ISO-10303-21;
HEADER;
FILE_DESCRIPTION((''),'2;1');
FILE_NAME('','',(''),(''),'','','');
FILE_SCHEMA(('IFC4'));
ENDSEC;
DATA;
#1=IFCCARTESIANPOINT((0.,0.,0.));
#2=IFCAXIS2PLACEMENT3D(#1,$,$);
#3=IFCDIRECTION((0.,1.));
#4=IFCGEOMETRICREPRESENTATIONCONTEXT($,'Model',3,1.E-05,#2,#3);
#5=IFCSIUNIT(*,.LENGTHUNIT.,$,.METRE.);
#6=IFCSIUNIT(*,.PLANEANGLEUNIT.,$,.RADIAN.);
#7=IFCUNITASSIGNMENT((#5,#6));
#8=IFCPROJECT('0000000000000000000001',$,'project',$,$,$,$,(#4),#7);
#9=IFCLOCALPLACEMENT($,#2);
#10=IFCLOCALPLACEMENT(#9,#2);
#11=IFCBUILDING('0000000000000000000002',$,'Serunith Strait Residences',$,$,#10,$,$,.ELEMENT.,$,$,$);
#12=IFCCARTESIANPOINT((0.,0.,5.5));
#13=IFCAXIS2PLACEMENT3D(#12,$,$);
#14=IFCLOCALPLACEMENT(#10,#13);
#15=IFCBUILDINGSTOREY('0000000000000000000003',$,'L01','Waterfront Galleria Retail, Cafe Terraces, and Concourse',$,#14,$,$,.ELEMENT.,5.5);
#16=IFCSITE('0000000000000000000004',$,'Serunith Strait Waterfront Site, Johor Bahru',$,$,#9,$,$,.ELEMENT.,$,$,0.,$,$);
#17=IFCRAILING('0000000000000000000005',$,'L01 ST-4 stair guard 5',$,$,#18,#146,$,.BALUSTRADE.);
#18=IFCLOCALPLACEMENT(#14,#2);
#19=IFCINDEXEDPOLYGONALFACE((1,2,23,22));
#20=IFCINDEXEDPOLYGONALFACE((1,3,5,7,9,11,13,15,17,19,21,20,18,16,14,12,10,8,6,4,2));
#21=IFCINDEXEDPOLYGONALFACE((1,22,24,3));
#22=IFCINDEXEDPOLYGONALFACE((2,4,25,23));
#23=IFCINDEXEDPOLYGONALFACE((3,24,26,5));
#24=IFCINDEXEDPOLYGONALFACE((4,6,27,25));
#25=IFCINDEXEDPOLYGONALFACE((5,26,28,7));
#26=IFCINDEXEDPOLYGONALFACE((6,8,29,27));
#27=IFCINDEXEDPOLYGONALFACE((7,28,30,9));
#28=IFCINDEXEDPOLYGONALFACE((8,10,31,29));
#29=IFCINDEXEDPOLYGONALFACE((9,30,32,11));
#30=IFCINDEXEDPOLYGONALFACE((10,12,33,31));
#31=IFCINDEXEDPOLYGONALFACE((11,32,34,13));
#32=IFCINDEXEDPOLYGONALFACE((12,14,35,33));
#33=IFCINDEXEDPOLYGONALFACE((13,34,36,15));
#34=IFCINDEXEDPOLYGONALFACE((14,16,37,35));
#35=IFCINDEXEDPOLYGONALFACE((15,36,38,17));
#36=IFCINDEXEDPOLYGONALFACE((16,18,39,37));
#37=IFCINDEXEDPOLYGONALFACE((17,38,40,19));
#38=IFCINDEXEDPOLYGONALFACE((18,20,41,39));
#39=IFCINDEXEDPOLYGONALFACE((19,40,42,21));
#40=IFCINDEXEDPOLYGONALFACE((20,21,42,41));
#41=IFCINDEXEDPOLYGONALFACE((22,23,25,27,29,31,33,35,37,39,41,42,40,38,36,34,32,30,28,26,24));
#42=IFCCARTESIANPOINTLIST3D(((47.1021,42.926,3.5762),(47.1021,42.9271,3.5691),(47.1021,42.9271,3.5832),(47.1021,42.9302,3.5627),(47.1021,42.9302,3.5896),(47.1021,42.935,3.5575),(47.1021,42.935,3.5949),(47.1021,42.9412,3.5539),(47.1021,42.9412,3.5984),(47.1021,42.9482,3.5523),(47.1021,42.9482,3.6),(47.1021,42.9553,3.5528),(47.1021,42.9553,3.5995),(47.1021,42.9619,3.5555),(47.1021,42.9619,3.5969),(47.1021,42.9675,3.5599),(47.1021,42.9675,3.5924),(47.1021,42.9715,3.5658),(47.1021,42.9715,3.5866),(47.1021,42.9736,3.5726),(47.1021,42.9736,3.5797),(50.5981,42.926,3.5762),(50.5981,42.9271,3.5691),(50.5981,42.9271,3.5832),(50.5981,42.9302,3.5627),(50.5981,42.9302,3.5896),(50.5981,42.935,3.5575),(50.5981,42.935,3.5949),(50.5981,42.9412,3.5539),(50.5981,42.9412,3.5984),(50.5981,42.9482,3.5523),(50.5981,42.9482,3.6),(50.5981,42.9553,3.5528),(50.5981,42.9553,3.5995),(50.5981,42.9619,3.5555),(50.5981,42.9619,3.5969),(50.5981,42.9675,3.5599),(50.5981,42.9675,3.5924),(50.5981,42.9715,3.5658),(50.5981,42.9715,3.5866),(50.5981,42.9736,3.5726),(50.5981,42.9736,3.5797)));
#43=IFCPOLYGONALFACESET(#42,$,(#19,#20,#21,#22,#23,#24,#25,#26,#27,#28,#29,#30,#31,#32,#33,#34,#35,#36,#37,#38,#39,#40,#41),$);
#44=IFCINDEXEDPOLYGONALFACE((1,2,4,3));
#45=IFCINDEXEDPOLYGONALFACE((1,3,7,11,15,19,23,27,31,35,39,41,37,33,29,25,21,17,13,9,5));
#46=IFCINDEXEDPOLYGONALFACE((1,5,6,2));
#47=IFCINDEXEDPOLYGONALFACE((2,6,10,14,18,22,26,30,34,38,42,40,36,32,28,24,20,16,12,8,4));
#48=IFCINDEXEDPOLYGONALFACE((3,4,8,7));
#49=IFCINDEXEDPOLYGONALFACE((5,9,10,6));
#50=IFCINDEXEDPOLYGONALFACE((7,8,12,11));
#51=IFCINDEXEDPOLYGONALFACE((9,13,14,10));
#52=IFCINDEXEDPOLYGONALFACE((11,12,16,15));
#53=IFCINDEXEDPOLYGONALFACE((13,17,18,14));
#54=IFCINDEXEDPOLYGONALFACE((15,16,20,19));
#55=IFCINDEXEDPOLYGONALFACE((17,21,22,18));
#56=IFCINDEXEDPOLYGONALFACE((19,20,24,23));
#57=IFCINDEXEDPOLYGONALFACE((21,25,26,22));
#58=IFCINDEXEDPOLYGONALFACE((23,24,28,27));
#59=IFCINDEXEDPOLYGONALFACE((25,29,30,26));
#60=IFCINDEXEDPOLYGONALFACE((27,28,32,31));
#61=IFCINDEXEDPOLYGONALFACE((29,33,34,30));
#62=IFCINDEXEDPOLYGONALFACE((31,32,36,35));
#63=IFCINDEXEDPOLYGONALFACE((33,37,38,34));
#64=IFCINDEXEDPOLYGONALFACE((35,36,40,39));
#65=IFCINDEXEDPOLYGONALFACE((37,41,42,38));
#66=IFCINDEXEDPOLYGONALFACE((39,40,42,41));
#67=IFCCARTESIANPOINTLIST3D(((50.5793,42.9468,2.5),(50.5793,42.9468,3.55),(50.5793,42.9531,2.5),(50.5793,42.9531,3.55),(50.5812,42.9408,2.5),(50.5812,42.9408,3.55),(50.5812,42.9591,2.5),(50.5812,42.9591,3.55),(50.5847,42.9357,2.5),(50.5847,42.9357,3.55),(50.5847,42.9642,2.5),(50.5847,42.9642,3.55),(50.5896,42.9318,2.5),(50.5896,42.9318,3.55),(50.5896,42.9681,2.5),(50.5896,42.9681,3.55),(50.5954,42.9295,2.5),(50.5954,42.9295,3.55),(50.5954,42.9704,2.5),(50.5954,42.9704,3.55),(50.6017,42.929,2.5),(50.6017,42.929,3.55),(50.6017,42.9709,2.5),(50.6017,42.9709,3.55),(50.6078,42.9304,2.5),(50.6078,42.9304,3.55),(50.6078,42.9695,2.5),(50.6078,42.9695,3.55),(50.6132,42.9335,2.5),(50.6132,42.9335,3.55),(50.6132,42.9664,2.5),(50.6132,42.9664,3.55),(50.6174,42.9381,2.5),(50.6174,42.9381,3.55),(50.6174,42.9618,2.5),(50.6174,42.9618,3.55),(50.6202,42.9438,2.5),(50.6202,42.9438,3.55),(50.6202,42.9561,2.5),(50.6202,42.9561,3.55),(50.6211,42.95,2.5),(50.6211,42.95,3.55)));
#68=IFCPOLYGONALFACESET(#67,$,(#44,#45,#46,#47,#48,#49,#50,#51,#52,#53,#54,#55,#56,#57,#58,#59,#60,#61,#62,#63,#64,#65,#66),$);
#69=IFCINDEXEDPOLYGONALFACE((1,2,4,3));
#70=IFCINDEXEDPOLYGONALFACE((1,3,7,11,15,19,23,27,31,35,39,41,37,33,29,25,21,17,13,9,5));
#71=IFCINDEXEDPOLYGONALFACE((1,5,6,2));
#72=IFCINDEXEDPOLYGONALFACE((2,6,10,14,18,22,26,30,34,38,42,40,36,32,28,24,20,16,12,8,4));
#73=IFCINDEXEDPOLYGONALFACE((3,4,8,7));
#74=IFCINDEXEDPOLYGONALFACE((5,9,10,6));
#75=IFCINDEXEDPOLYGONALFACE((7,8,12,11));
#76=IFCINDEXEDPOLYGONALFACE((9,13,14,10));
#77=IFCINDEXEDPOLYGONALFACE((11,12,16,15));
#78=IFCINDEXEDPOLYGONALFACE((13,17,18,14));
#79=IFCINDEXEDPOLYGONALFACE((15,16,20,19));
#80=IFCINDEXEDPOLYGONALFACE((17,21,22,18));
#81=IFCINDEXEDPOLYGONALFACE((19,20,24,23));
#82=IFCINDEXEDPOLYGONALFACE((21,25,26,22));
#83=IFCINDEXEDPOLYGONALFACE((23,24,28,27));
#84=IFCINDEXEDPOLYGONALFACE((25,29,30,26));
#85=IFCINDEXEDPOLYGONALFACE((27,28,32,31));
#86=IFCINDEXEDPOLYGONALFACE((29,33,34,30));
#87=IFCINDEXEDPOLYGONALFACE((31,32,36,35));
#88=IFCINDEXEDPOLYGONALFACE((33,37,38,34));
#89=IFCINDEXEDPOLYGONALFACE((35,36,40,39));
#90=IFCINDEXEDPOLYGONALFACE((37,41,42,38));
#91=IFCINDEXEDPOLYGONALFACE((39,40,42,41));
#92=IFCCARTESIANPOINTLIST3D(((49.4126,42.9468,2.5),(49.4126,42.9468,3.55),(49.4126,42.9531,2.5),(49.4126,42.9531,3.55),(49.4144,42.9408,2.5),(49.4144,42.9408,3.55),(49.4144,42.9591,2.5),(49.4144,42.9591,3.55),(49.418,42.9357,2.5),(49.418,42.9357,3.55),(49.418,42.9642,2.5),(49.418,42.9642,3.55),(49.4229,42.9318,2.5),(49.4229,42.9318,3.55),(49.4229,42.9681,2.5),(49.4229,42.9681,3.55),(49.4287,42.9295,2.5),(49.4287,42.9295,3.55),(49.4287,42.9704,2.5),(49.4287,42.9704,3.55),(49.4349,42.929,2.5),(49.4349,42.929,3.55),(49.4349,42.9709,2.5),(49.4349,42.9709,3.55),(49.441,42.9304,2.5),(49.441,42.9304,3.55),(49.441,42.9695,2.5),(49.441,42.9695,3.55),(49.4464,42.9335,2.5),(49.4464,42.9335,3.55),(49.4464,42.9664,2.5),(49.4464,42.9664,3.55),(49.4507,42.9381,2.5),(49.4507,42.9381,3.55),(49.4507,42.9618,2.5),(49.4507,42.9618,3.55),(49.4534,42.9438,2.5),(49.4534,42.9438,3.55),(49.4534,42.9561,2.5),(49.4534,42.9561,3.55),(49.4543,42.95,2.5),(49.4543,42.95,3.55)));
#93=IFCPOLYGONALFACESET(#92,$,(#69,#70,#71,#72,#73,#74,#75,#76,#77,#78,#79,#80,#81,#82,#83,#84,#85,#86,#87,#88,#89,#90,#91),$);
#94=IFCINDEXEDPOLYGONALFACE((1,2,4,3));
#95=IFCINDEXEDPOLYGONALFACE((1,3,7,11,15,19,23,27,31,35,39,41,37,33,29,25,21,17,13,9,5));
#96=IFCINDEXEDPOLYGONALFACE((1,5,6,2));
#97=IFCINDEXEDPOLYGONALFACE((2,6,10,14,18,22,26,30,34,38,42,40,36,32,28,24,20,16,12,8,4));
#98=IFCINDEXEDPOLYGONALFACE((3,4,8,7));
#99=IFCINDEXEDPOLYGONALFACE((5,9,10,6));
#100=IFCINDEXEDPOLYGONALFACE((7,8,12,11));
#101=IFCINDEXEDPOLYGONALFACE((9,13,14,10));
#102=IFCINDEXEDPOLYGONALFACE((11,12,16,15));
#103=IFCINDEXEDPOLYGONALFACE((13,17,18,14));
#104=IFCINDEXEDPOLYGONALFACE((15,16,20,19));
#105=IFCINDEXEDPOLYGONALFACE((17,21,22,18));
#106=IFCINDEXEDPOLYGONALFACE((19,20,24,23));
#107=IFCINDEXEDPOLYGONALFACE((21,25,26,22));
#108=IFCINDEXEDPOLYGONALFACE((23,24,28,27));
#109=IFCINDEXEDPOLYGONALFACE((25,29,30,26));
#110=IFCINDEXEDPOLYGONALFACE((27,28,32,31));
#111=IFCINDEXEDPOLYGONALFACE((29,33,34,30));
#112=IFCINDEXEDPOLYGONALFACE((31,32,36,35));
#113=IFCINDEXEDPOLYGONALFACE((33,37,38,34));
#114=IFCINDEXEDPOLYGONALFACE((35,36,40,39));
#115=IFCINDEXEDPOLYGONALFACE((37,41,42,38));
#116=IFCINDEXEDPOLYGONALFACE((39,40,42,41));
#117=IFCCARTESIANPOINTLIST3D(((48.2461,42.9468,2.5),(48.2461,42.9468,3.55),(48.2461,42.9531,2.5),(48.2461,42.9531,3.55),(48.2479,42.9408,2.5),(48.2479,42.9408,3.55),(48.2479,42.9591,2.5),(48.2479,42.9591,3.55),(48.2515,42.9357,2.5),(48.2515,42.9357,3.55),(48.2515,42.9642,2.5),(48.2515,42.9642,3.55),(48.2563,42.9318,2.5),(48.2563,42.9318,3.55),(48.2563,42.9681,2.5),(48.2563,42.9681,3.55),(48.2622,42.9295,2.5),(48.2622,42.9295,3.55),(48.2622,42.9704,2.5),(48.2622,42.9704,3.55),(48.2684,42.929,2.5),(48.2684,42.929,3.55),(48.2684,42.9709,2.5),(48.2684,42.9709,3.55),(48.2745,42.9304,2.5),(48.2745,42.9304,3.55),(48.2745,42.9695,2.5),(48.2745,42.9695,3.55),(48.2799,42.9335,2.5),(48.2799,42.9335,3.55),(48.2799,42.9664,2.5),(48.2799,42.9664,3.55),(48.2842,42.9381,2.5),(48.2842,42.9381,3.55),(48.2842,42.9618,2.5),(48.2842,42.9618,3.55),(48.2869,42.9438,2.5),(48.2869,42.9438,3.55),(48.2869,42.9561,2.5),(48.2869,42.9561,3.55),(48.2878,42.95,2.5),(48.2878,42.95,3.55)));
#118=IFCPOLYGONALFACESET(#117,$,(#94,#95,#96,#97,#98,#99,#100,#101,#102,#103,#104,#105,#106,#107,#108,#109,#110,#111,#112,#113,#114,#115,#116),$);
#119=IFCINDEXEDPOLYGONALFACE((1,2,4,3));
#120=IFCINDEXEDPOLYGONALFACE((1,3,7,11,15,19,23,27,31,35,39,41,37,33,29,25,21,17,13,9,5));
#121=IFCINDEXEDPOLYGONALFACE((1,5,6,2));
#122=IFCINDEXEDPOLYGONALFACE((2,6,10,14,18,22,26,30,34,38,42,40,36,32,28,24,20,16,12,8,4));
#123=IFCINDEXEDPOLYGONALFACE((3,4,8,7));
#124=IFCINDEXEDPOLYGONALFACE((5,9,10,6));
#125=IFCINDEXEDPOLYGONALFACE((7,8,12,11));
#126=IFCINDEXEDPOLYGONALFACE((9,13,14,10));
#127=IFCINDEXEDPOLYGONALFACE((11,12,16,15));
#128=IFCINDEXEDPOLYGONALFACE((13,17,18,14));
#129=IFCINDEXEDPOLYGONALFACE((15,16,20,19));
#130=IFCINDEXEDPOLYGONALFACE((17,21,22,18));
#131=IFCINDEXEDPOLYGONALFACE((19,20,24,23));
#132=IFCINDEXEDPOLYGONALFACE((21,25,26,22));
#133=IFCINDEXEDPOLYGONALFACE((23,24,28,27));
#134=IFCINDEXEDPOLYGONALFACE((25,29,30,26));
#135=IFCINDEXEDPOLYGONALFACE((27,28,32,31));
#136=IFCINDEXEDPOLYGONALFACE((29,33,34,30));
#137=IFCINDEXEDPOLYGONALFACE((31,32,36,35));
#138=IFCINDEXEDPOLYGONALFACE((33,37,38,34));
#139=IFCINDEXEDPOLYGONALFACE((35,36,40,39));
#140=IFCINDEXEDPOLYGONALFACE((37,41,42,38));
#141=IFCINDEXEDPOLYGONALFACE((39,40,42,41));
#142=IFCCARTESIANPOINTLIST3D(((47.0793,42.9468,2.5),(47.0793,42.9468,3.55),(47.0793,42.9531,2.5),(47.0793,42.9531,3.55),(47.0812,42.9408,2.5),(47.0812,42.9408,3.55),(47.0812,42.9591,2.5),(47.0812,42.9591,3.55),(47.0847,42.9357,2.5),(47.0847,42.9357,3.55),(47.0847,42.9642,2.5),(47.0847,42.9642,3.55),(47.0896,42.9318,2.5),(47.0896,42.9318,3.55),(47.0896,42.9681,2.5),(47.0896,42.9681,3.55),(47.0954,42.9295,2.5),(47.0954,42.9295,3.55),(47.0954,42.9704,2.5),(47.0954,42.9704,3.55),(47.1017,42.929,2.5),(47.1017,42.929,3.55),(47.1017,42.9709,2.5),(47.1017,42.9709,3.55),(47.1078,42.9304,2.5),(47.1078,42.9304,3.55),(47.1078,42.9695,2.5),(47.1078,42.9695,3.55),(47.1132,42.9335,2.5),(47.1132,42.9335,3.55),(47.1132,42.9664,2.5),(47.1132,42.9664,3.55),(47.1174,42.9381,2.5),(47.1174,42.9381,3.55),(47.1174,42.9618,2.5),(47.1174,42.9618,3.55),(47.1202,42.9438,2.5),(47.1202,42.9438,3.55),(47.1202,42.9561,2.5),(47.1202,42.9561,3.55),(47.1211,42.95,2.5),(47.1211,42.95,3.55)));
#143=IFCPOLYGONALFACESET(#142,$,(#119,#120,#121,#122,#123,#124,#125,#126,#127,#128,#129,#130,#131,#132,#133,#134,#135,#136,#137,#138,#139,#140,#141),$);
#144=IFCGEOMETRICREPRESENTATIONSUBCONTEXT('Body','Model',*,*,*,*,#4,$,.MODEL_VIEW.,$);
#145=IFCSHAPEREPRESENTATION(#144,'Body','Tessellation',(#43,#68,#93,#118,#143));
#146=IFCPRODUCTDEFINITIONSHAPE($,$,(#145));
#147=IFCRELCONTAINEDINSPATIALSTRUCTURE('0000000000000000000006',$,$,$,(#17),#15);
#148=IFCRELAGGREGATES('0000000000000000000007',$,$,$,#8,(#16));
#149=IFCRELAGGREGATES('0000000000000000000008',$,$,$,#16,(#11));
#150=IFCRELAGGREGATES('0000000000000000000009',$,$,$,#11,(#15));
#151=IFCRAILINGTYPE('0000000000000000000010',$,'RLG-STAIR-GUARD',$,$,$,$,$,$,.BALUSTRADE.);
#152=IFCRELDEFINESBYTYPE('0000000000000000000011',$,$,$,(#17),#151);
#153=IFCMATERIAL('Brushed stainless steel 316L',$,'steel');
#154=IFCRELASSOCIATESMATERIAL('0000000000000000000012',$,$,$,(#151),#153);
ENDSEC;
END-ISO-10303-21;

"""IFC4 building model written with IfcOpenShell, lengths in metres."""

from ifc_helpers import new_model, si_unit, direction, frame, origin, origin_2d, place, context, subcontext, project, spatial, circle, extrude, material, type_object, element, save


model = new_model("IFC4")

# Units and contexts
model_context = context("Model", 3, precision=1e-05, world=origin(), true_north=direction((0.0, 1.0)))
body_context = subcontext(model_context, "Body", "Model", "MODEL_VIEW")
ifc_project = project(units=[si_unit("LENGTHUNIT", "METRE"), si_unit("PLANEANGLEUNIT", "RADIAN")], contexts=[model_context])

# Site, building, storey
site_placement = place(None, origin())
site = spatial("IfcSite", under=ifc_project, at=site_placement, Name="Serunith Strait Waterfront Site, Johor Bahru", CompositionType="ELEMENT", RefElevation=0.0)
building_placement = place(site_placement, origin())
building = spatial("IfcBuilding", under=site, at=building_placement, Name="Serunith Strait Residences", CompositionType="ELEMENT")
storey_placement = place(building_placement, frame((0.0, 0.0, 5.5)))
storey = spatial("IfcBuildingStorey", under=building, at=storey_placement, Name="L01", Description="Waterfront Galleria Retail, Cafe Terraces, and Concourse", CompositionType="ELEMENT", Elevation=5.5)

# Railing
ifc_material_1 = material(Name="Brushed stainless steel 316L", Category="steel")
railing_type_1 = type_object("IfcRailingType", Name="RLG-STAIR-GUARD", PredefinedType="BALUSTRADE", material=ifc_material_1)
railing_1_placement = place(storey_placement, frame((50.6001, 42.95, 2.5)))
element("IfcRailing", 1, at=railing_1_placement, inside=storey, type_object=railing_type_1, Name="L01 ST-4 stair guard 5", PredefinedType="BALUSTRADE", context=body_context, shape_type="SweptSolid", body=[
    extrude(circle(Radius=0.0239, at=origin_2d()), frame((-0.002, 0.0, 1.0762), z_axis=(-1.0, 0.0, 0.0), x_axis=(0.0, -1.0, 0.0)), (0.0, 0.0, 1.0), 3.4961),
    extrude(circle(Radius=0.021, at=origin_2d()), origin(), (0.0, 0.0, 1.0), 1.05),
    extrude(circle(Radius=0.021, at=origin_2d()), frame((-1.1667, 0.0, 0.0)), (0.0, 0.0, 1.0), 1.05),
    extrude(circle(Radius=0.021, at=origin_2d()), frame((-2.3333, 0.0, 0.0)), (0.0, 0.0, 1.0), 1.05),
    extrude(circle(Radius=0.021, at=origin_2d()), frame((-3.5, 0.0, 0.0)), (0.0, 0.0, 1.0), 1.05),
])

save(model, "model.ifc")
